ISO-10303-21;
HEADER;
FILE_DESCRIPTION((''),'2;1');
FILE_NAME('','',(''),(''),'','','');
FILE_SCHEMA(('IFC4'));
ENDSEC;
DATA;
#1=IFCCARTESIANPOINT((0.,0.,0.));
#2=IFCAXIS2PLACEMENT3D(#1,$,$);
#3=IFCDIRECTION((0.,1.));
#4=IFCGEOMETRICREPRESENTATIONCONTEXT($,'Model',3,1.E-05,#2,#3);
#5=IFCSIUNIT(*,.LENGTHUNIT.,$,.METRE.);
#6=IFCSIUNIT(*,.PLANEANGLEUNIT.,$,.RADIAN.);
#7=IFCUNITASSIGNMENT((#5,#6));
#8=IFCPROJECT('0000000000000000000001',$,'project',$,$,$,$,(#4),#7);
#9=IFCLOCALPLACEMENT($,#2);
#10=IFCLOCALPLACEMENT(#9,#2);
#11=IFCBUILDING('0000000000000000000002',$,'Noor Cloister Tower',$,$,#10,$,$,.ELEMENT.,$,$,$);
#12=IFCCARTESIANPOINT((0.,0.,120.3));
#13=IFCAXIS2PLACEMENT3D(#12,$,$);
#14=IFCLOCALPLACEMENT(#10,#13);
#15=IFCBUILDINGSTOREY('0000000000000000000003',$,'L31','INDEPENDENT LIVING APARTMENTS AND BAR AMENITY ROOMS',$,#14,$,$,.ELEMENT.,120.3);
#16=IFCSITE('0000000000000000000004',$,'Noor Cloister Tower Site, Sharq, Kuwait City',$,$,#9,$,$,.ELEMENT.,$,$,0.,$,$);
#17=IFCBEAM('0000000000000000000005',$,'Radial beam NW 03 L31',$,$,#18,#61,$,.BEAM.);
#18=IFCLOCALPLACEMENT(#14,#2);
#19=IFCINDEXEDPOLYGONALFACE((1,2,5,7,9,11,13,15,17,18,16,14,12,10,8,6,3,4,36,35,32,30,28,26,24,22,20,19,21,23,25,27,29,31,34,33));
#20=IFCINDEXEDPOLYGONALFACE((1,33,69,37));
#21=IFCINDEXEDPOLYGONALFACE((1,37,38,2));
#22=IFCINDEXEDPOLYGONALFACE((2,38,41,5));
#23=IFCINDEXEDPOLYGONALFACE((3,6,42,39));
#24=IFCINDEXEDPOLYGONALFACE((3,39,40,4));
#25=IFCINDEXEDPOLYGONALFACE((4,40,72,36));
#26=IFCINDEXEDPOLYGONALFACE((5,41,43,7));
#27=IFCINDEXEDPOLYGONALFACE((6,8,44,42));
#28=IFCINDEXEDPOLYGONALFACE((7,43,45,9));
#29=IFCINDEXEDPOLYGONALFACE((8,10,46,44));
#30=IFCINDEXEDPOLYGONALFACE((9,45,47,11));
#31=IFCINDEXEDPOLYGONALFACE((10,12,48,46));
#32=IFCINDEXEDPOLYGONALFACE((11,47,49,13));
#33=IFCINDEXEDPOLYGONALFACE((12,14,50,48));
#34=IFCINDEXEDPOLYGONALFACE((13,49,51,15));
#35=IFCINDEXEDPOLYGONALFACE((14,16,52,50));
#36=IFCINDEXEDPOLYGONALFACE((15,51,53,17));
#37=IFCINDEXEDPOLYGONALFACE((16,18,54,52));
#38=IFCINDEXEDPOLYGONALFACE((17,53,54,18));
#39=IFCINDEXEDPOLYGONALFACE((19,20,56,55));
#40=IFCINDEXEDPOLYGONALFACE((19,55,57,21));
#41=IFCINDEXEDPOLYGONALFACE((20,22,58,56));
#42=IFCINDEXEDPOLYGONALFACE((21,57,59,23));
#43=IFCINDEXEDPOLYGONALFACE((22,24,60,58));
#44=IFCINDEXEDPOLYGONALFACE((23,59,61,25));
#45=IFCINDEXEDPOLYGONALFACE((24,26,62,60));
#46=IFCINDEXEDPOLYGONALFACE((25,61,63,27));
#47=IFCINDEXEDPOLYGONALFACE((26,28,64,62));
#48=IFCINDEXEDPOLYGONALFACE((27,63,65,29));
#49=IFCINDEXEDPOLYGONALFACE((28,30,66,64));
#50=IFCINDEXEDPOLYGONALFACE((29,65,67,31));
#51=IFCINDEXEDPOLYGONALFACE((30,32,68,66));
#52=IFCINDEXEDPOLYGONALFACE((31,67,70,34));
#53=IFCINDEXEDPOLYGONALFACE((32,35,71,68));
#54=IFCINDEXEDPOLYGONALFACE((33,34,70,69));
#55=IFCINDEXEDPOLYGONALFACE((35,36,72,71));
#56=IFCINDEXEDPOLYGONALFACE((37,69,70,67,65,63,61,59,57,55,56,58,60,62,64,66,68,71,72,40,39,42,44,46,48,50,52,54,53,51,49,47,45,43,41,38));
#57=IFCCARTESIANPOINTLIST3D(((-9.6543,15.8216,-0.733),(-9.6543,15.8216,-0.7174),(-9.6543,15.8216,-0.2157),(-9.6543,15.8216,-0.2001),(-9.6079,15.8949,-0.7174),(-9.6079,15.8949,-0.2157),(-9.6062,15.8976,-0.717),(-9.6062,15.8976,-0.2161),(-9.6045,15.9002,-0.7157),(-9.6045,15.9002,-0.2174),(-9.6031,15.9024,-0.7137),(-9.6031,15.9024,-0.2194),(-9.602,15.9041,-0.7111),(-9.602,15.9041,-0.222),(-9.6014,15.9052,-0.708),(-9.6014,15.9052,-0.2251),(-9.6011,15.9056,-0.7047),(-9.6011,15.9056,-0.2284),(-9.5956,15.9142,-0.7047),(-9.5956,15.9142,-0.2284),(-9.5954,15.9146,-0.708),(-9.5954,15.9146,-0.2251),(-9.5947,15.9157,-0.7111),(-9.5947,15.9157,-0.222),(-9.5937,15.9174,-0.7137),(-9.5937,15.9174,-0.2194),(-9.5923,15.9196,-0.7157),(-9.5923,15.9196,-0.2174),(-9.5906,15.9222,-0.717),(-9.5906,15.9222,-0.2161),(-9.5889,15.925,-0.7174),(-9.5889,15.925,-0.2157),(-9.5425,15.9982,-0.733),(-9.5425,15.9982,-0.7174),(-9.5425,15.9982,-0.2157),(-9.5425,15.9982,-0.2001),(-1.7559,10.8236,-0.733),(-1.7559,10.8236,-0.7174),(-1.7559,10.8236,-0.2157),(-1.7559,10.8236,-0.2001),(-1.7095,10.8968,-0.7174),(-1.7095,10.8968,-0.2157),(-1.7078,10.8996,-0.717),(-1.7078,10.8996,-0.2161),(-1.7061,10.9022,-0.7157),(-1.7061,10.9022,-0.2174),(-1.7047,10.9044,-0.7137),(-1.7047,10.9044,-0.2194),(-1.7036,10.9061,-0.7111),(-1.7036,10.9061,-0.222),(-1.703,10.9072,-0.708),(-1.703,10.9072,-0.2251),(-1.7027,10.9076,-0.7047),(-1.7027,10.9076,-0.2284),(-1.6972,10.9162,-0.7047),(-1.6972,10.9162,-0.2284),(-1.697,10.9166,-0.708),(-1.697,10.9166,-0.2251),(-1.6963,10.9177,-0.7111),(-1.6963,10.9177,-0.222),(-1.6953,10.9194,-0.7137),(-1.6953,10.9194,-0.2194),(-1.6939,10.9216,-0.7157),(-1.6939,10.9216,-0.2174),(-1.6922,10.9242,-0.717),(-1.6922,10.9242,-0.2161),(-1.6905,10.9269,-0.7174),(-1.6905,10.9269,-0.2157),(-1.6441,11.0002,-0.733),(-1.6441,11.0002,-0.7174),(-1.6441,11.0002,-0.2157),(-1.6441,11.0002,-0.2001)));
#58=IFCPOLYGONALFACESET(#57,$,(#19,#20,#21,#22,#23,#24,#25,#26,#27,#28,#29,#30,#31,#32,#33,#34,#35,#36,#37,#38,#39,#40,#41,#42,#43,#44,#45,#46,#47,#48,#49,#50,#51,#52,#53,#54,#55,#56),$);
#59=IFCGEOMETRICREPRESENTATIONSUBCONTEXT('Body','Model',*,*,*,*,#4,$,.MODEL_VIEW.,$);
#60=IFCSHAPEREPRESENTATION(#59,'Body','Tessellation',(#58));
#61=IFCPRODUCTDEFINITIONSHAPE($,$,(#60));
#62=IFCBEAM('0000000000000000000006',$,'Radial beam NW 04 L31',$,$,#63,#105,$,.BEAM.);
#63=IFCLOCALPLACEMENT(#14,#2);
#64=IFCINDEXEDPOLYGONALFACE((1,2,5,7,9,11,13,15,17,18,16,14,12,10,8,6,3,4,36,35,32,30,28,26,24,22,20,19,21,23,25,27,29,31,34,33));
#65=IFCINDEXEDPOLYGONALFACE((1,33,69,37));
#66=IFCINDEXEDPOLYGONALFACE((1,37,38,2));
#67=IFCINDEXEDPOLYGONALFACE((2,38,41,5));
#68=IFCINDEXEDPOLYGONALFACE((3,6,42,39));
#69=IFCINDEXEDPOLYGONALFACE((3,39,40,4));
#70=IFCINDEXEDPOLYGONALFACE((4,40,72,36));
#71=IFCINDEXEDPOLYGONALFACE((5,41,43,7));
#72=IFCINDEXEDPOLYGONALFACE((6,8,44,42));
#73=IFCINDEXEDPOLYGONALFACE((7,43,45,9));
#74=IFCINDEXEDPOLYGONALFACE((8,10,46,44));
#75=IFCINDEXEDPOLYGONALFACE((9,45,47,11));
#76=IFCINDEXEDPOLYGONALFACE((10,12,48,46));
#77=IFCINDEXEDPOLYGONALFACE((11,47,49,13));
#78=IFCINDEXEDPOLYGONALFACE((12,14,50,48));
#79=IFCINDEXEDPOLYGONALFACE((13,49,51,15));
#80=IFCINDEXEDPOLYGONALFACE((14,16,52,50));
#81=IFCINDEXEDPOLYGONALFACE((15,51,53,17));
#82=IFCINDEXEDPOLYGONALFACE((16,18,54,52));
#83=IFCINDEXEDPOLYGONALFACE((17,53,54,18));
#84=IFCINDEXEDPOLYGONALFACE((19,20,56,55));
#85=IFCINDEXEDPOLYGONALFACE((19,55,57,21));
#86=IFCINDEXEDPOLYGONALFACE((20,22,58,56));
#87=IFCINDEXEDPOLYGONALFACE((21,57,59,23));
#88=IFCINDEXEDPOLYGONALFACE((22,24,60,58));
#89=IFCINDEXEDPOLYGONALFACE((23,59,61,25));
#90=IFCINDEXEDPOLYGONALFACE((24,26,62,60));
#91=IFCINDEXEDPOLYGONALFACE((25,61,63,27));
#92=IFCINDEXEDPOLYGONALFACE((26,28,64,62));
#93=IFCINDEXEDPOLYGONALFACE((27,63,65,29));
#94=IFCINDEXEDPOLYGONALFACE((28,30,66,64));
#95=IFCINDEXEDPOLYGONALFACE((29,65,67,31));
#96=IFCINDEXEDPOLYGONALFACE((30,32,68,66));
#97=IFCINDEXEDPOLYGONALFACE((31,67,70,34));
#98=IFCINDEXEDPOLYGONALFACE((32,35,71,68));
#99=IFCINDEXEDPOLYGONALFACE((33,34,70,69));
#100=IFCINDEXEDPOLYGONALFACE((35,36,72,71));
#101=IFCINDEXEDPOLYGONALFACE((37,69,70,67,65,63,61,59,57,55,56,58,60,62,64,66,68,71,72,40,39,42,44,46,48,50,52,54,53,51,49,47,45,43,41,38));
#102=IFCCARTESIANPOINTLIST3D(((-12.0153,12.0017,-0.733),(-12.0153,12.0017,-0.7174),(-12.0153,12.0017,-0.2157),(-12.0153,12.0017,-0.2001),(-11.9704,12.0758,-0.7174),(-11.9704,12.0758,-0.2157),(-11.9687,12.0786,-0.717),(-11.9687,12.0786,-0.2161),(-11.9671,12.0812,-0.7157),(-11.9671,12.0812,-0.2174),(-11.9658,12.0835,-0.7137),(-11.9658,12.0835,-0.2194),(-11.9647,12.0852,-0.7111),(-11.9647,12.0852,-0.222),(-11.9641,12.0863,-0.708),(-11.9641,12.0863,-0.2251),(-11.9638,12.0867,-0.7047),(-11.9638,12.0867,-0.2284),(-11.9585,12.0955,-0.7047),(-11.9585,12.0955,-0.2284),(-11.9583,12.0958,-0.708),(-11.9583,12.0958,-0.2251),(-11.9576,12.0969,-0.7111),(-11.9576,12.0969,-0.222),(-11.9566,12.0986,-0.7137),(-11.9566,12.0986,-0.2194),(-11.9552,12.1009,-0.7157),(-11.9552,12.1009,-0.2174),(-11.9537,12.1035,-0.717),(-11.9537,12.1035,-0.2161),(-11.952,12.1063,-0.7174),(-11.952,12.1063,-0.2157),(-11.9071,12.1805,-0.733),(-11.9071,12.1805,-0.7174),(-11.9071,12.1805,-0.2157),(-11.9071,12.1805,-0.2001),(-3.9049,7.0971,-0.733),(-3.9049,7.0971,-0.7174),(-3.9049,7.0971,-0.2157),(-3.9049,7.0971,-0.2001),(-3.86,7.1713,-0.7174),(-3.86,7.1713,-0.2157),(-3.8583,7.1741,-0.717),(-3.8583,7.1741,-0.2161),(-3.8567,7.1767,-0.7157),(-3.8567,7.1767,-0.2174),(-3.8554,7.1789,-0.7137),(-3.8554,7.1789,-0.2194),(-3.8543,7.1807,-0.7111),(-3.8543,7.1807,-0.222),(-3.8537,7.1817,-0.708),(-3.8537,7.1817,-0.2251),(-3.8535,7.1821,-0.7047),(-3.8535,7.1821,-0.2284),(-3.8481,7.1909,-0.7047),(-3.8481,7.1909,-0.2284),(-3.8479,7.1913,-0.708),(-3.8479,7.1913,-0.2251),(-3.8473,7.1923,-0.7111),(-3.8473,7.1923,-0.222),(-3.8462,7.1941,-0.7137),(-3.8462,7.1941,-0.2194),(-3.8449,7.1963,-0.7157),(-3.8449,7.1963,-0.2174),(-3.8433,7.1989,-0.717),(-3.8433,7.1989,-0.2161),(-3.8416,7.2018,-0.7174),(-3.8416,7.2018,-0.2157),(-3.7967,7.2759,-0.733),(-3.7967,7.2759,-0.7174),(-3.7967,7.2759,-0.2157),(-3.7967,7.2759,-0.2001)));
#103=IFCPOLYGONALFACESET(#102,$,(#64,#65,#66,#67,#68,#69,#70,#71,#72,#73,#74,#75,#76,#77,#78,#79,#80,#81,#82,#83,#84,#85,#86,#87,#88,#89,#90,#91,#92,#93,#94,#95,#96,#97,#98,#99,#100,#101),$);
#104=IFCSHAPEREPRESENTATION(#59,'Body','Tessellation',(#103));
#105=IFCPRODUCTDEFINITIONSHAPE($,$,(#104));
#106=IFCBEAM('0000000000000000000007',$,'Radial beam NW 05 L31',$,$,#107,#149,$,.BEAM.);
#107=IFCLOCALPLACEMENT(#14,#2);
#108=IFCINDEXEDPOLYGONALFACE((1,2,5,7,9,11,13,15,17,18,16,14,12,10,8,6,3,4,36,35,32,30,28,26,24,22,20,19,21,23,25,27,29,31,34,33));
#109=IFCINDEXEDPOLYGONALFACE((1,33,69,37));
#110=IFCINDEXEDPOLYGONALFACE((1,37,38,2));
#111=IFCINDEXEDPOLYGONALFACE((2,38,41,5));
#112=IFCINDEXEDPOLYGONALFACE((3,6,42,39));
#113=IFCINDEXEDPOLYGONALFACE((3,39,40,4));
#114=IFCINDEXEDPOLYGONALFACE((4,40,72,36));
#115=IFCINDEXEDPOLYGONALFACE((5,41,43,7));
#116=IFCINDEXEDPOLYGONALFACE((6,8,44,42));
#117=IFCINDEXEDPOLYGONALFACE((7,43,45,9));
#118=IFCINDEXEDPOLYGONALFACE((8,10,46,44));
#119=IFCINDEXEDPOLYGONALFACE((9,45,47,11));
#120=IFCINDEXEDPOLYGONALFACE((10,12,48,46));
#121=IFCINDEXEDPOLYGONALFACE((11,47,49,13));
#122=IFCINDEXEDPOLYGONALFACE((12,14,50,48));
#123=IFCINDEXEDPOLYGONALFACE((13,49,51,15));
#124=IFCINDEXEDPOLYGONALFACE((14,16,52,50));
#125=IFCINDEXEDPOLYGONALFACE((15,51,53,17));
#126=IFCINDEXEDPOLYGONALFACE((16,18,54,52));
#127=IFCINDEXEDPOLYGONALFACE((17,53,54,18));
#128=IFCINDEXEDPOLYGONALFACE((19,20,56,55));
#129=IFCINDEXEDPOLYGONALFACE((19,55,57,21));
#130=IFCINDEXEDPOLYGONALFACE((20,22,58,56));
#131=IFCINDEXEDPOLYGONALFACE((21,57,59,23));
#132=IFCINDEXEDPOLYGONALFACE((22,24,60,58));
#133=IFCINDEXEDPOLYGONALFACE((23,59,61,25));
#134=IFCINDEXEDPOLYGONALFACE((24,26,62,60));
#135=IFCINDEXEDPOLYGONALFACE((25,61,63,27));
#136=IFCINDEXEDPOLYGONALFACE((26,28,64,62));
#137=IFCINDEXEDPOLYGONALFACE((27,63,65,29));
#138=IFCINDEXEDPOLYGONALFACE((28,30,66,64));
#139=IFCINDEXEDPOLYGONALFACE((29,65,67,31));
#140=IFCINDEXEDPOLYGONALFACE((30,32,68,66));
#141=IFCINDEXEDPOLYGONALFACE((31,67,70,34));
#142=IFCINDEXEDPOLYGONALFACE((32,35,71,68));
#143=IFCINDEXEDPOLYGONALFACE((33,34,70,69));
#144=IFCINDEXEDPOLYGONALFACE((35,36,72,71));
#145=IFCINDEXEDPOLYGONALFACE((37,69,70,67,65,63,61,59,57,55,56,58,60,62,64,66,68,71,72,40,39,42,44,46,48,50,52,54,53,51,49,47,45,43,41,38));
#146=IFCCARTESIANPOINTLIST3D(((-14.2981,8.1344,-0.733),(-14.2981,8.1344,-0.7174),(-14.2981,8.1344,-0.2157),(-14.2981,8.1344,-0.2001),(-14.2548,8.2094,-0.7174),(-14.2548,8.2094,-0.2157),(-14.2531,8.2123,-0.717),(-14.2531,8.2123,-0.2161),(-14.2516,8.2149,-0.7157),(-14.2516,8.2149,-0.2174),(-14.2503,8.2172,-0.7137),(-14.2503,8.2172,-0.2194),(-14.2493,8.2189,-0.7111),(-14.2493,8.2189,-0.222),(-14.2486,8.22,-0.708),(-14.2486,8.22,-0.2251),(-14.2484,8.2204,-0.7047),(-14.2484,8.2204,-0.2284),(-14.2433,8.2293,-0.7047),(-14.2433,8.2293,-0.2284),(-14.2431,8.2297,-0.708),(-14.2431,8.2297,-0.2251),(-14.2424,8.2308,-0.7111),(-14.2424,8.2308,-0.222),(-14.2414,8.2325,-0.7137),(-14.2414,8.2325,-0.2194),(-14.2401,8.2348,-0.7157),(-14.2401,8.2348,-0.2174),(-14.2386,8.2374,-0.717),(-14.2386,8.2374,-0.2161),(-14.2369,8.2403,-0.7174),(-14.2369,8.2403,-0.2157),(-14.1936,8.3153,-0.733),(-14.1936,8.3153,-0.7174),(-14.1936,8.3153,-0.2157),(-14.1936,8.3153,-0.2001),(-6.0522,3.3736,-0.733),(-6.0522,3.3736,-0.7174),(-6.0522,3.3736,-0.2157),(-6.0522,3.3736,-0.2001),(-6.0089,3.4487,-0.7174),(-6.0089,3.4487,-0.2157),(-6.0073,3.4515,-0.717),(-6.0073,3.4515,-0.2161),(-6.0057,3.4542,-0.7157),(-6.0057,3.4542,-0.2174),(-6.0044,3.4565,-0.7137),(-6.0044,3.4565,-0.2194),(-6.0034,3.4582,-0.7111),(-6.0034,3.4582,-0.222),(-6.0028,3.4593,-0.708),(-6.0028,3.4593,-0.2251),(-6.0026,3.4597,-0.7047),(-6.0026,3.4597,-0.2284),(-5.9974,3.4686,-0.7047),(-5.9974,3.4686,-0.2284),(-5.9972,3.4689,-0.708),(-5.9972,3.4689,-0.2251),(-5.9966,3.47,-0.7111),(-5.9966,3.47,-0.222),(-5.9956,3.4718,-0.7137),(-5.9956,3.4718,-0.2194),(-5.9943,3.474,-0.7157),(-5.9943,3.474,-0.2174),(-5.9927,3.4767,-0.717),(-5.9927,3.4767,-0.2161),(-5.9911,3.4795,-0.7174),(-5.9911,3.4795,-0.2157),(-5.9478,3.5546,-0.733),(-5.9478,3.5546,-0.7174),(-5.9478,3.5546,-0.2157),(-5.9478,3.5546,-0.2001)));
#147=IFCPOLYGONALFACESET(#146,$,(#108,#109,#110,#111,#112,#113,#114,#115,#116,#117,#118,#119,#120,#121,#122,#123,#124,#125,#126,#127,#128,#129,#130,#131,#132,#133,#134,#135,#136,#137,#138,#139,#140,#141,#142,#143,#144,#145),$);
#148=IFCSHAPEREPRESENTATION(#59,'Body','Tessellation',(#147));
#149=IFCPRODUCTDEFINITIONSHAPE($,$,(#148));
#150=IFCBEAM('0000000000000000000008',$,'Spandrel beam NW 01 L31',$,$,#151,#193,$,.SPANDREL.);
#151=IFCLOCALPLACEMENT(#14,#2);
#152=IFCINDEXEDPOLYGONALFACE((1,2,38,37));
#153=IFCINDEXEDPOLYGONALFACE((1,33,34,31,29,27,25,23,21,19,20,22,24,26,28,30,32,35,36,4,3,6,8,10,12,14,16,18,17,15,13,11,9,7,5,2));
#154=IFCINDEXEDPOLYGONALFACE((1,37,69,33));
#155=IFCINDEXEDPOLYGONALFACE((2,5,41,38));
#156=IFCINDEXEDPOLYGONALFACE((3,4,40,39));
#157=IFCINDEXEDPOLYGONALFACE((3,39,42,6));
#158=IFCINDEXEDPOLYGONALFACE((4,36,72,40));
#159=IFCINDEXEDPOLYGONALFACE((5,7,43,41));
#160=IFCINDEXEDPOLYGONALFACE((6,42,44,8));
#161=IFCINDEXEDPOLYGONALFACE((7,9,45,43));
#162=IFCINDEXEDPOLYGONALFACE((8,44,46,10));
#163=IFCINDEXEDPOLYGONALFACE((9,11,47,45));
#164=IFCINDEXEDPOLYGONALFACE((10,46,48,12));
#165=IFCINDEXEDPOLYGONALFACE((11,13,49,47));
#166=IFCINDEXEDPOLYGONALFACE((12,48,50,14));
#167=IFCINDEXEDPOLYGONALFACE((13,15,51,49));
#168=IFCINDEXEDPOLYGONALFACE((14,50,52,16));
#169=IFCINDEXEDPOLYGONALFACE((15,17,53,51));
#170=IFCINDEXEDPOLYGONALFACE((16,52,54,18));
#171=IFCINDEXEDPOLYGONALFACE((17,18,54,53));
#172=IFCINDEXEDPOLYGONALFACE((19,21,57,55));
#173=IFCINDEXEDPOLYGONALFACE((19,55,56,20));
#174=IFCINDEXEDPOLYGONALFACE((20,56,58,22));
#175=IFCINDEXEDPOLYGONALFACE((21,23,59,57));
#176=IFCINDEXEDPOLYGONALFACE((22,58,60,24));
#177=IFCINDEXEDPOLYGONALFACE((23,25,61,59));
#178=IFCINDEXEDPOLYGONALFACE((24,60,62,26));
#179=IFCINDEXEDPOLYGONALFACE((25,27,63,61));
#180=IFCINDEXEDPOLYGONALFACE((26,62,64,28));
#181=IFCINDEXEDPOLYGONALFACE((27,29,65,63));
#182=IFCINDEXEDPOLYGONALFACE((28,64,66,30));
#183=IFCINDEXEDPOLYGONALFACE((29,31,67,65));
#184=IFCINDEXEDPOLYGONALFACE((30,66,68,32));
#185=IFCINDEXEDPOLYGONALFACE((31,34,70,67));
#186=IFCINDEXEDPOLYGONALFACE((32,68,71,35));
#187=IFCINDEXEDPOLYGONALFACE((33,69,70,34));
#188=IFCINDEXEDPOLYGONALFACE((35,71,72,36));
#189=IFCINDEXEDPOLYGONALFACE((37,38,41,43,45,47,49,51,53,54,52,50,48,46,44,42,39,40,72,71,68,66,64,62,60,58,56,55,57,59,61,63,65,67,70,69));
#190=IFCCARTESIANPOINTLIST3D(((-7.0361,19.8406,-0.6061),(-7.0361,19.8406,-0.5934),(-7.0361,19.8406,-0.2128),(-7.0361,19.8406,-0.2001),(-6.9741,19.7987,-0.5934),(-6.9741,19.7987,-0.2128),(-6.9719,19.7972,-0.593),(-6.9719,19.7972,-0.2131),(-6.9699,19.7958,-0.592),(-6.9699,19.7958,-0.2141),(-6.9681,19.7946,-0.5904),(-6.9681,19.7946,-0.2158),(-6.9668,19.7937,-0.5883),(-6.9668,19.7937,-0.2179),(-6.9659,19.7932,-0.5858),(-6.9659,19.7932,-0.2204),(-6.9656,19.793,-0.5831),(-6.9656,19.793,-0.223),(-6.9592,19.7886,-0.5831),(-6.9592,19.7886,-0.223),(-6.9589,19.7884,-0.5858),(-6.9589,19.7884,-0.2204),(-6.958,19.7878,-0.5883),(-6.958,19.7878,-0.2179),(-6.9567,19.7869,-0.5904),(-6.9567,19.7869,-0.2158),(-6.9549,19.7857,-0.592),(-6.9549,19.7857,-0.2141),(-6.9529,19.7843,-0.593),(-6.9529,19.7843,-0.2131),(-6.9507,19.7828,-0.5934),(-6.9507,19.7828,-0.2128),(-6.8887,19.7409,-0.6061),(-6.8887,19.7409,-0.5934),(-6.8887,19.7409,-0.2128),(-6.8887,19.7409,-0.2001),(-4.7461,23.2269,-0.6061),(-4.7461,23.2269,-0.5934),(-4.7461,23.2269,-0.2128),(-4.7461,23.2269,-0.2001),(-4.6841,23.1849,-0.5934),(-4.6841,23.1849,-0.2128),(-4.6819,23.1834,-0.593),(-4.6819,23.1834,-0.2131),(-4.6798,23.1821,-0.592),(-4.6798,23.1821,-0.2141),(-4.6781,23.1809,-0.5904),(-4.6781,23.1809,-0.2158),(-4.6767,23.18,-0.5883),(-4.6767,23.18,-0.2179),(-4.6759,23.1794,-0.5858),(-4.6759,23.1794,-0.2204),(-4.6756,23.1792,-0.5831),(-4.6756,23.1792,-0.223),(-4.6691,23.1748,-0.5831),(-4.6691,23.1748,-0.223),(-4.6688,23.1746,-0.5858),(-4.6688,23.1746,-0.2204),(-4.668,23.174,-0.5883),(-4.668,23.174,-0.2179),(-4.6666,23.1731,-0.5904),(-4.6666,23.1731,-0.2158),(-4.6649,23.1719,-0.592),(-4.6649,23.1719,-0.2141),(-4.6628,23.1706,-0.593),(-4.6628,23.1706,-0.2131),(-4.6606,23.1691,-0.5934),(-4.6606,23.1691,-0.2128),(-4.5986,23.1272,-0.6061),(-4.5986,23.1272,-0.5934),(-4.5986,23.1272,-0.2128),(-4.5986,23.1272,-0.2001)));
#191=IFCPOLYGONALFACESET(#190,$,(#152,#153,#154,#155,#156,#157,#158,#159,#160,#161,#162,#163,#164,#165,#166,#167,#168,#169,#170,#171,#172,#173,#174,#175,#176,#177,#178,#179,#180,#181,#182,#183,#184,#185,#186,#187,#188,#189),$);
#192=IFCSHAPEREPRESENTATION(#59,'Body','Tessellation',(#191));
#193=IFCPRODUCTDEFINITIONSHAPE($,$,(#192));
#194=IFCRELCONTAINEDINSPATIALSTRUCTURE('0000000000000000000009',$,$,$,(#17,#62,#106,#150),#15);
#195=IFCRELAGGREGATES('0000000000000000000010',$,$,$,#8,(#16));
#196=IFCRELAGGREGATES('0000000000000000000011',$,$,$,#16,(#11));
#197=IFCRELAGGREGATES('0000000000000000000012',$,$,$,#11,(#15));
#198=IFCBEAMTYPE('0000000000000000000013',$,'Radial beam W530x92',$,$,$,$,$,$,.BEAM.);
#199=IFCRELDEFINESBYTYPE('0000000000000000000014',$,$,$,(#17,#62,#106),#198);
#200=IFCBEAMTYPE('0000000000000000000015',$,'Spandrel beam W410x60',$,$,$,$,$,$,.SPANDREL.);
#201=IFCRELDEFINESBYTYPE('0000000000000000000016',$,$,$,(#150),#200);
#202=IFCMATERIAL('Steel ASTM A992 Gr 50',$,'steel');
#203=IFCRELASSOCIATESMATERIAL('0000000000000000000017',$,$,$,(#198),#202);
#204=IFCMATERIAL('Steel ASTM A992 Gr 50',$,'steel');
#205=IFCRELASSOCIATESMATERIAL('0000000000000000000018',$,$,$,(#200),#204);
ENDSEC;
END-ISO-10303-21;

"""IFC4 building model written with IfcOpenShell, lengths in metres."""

from ifc_helpers import new_model, si_unit, direction, frame, origin, origin_2d, place, context, subcontext, project, spatial, i_section, extrude, material, material_profile, profile_set, type_object, element, save


model = new_model("IFC4")

# Units and contexts
model_context = context("Model", 3, precision=1e-05, world=origin(), true_north=direction((0.0, 1.0)))
body_context = subcontext(model_context, "Body", "Model", "MODEL_VIEW")
ifc_project = project(units=[si_unit("LENGTHUNIT", "METRE"), si_unit("PLANEANGLEUNIT", "RADIAN")], contexts=[model_context])

# Site, building, storey
site_placement = place(None, origin())
site = spatial("IfcSite", under=ifc_project, at=site_placement, Name="Noor Cloister Tower Site, Sharq, Kuwait City", CompositionType="ELEMENT", RefElevation=0.0)
building_placement = place(site_placement, origin())
building = spatial("IfcBuilding", under=site, at=building_placement, Name="Noor Cloister Tower", CompositionType="ELEMENT")
storey_placement = place(building_placement, frame((0.0, 0.0, 120.3)))
storey = spatial("IfcBuildingStorey", under=building, at=storey_placement, Name="L31", Description="INDEPENDENT LIVING APARTMENTS AND BAR AMENITY ROOMS", CompositionType="ELEMENT", Elevation=120.3)

# Beams
ifc_material_1 = material(Name="Steel ASTM A992 Gr 50", Category="steel")
ifc_material_profile_1 = material_profile(ifc_material_1, i_section(OverallWidth=0.209, OverallDepth=0.533, WebThickness=0.0103, FlangeThickness=0.0156, FilletRadius=0.0127, at=origin_2d()), Name="W530x92")
ifc_profile_set_1 = profile_set([ifc_material_profile_1], Name="Steel ASTM A992 Gr 50")
beam_type_1 = type_object("IfcBeamType", Name="Radial beam W530x92", PredefinedType="BEAM", material=ifc_profile_set_1)
beam_1_placement = place(storey_placement, frame((-9.5984, 15.9099, -0.4666), z_axis=(0.845027, -0.534724, 0.0), x_axis=(0.534724, 0.845027, 0.0)))
element("IfcBeam", 1, at=beam_1_placement, inside=storey, type_object=beam_type_1, Name="Radial beam NW 03 L31", PredefinedType="BEAM", context=body_context, shape_type="SweptSolid", body=[
    extrude(i_section(OverallWidth=0.209, OverallDepth=0.533, WebThickness=0.0103, FlangeThickness=0.0156, FilletRadius=0.0127, at=origin_2d()), origin(), (0.0, 0.0, 1.0), 9.3469),
])
beam_2_placement = place(storey_placement, frame((-11.9612, 12.0911, -0.4666), z_axis=(0.855704, -0.517466, 0.0), x_axis=(0.517466, 0.855704, 0.0)))
element("IfcBeam", 2, at=beam_2_placement, inside=storey, type_object=beam_type_1, Name="Radial beam NW 04 L31", PredefinedType="BEAM", context=body_context, shape_type="SweptSolid", body=[
    extrude(i_section(OverallWidth=0.209, OverallDepth=0.533, WebThickness=0.0103, FlangeThickness=0.0156, FilletRadius=0.0127, at=origin_2d()), origin(), (0.0, 0.0, 1.0), 9.478),
])
beam_3_placement = place(storey_placement, frame((-14.2458, 8.2249, -0.4666), z_axis=(0.866025, -0.5, 0.0), x_axis=(0.5, 0.866025, 0.0)))
element("IfcBeam", 3, at=beam_3_placement, inside=storey, type_object=beam_type_1, Name="Radial beam NW 05 L31", PredefinedType="BEAM", context=body_context, shape_type="SweptSolid", body=[
    extrude(i_section(OverallWidth=0.209, OverallDepth=0.533, WebThickness=0.0103, FlangeThickness=0.0156, FilletRadius=0.0127, at=origin_2d()), origin(), (0.0, 0.0, 1.0), 9.5215),
])
ifc_material_2 = material(Name="Steel ASTM A992 Gr 50", Category="steel")
ifc_material_profile_2 = material_profile(ifc_material_2, i_section(OverallWidth=0.178, OverallDepth=0.406, WebThickness=0.0078, FlangeThickness=0.0127, FilletRadius=0.0103, at=origin_2d()), Name="W410x60")
ifc_profile_set_2 = profile_set([ifc_material_profile_2], Name="Steel ASTM A992 Gr 50")
beam_type_2 = type_object("IfcBeamType", Name="Spandrel beam W410x60", PredefinedType="SPANDREL", material=ifc_profile_set_2)
for number, where, z_axis, x_axis, name in (
    (4, (-4.6724, 23.177, -0.4031), (-0.560201, -0.828357, 0.0), (0.828357, -0.560201, 0.0), "Spandrel beam NW 01 L31"),
):
    element("IfcBeam", number, at=place(storey_placement, frame(where, z_axis=z_axis, x_axis=x_axis)), inside=storey, type_object=beam_type_2, Name=name, PredefinedType="SPANDREL", context=body_context, shape_type="SweptSolid", body=[
        extrude(i_section(OverallWidth=0.178, OverallDepth=0.406, WebThickness=0.0078, FlangeThickness=0.0127, FilletRadius=0.0103, at=origin_2d()), origin(), (0.0, 0.0, 1.0), 4.0879),
    ])

save(model, "model.ifc")
